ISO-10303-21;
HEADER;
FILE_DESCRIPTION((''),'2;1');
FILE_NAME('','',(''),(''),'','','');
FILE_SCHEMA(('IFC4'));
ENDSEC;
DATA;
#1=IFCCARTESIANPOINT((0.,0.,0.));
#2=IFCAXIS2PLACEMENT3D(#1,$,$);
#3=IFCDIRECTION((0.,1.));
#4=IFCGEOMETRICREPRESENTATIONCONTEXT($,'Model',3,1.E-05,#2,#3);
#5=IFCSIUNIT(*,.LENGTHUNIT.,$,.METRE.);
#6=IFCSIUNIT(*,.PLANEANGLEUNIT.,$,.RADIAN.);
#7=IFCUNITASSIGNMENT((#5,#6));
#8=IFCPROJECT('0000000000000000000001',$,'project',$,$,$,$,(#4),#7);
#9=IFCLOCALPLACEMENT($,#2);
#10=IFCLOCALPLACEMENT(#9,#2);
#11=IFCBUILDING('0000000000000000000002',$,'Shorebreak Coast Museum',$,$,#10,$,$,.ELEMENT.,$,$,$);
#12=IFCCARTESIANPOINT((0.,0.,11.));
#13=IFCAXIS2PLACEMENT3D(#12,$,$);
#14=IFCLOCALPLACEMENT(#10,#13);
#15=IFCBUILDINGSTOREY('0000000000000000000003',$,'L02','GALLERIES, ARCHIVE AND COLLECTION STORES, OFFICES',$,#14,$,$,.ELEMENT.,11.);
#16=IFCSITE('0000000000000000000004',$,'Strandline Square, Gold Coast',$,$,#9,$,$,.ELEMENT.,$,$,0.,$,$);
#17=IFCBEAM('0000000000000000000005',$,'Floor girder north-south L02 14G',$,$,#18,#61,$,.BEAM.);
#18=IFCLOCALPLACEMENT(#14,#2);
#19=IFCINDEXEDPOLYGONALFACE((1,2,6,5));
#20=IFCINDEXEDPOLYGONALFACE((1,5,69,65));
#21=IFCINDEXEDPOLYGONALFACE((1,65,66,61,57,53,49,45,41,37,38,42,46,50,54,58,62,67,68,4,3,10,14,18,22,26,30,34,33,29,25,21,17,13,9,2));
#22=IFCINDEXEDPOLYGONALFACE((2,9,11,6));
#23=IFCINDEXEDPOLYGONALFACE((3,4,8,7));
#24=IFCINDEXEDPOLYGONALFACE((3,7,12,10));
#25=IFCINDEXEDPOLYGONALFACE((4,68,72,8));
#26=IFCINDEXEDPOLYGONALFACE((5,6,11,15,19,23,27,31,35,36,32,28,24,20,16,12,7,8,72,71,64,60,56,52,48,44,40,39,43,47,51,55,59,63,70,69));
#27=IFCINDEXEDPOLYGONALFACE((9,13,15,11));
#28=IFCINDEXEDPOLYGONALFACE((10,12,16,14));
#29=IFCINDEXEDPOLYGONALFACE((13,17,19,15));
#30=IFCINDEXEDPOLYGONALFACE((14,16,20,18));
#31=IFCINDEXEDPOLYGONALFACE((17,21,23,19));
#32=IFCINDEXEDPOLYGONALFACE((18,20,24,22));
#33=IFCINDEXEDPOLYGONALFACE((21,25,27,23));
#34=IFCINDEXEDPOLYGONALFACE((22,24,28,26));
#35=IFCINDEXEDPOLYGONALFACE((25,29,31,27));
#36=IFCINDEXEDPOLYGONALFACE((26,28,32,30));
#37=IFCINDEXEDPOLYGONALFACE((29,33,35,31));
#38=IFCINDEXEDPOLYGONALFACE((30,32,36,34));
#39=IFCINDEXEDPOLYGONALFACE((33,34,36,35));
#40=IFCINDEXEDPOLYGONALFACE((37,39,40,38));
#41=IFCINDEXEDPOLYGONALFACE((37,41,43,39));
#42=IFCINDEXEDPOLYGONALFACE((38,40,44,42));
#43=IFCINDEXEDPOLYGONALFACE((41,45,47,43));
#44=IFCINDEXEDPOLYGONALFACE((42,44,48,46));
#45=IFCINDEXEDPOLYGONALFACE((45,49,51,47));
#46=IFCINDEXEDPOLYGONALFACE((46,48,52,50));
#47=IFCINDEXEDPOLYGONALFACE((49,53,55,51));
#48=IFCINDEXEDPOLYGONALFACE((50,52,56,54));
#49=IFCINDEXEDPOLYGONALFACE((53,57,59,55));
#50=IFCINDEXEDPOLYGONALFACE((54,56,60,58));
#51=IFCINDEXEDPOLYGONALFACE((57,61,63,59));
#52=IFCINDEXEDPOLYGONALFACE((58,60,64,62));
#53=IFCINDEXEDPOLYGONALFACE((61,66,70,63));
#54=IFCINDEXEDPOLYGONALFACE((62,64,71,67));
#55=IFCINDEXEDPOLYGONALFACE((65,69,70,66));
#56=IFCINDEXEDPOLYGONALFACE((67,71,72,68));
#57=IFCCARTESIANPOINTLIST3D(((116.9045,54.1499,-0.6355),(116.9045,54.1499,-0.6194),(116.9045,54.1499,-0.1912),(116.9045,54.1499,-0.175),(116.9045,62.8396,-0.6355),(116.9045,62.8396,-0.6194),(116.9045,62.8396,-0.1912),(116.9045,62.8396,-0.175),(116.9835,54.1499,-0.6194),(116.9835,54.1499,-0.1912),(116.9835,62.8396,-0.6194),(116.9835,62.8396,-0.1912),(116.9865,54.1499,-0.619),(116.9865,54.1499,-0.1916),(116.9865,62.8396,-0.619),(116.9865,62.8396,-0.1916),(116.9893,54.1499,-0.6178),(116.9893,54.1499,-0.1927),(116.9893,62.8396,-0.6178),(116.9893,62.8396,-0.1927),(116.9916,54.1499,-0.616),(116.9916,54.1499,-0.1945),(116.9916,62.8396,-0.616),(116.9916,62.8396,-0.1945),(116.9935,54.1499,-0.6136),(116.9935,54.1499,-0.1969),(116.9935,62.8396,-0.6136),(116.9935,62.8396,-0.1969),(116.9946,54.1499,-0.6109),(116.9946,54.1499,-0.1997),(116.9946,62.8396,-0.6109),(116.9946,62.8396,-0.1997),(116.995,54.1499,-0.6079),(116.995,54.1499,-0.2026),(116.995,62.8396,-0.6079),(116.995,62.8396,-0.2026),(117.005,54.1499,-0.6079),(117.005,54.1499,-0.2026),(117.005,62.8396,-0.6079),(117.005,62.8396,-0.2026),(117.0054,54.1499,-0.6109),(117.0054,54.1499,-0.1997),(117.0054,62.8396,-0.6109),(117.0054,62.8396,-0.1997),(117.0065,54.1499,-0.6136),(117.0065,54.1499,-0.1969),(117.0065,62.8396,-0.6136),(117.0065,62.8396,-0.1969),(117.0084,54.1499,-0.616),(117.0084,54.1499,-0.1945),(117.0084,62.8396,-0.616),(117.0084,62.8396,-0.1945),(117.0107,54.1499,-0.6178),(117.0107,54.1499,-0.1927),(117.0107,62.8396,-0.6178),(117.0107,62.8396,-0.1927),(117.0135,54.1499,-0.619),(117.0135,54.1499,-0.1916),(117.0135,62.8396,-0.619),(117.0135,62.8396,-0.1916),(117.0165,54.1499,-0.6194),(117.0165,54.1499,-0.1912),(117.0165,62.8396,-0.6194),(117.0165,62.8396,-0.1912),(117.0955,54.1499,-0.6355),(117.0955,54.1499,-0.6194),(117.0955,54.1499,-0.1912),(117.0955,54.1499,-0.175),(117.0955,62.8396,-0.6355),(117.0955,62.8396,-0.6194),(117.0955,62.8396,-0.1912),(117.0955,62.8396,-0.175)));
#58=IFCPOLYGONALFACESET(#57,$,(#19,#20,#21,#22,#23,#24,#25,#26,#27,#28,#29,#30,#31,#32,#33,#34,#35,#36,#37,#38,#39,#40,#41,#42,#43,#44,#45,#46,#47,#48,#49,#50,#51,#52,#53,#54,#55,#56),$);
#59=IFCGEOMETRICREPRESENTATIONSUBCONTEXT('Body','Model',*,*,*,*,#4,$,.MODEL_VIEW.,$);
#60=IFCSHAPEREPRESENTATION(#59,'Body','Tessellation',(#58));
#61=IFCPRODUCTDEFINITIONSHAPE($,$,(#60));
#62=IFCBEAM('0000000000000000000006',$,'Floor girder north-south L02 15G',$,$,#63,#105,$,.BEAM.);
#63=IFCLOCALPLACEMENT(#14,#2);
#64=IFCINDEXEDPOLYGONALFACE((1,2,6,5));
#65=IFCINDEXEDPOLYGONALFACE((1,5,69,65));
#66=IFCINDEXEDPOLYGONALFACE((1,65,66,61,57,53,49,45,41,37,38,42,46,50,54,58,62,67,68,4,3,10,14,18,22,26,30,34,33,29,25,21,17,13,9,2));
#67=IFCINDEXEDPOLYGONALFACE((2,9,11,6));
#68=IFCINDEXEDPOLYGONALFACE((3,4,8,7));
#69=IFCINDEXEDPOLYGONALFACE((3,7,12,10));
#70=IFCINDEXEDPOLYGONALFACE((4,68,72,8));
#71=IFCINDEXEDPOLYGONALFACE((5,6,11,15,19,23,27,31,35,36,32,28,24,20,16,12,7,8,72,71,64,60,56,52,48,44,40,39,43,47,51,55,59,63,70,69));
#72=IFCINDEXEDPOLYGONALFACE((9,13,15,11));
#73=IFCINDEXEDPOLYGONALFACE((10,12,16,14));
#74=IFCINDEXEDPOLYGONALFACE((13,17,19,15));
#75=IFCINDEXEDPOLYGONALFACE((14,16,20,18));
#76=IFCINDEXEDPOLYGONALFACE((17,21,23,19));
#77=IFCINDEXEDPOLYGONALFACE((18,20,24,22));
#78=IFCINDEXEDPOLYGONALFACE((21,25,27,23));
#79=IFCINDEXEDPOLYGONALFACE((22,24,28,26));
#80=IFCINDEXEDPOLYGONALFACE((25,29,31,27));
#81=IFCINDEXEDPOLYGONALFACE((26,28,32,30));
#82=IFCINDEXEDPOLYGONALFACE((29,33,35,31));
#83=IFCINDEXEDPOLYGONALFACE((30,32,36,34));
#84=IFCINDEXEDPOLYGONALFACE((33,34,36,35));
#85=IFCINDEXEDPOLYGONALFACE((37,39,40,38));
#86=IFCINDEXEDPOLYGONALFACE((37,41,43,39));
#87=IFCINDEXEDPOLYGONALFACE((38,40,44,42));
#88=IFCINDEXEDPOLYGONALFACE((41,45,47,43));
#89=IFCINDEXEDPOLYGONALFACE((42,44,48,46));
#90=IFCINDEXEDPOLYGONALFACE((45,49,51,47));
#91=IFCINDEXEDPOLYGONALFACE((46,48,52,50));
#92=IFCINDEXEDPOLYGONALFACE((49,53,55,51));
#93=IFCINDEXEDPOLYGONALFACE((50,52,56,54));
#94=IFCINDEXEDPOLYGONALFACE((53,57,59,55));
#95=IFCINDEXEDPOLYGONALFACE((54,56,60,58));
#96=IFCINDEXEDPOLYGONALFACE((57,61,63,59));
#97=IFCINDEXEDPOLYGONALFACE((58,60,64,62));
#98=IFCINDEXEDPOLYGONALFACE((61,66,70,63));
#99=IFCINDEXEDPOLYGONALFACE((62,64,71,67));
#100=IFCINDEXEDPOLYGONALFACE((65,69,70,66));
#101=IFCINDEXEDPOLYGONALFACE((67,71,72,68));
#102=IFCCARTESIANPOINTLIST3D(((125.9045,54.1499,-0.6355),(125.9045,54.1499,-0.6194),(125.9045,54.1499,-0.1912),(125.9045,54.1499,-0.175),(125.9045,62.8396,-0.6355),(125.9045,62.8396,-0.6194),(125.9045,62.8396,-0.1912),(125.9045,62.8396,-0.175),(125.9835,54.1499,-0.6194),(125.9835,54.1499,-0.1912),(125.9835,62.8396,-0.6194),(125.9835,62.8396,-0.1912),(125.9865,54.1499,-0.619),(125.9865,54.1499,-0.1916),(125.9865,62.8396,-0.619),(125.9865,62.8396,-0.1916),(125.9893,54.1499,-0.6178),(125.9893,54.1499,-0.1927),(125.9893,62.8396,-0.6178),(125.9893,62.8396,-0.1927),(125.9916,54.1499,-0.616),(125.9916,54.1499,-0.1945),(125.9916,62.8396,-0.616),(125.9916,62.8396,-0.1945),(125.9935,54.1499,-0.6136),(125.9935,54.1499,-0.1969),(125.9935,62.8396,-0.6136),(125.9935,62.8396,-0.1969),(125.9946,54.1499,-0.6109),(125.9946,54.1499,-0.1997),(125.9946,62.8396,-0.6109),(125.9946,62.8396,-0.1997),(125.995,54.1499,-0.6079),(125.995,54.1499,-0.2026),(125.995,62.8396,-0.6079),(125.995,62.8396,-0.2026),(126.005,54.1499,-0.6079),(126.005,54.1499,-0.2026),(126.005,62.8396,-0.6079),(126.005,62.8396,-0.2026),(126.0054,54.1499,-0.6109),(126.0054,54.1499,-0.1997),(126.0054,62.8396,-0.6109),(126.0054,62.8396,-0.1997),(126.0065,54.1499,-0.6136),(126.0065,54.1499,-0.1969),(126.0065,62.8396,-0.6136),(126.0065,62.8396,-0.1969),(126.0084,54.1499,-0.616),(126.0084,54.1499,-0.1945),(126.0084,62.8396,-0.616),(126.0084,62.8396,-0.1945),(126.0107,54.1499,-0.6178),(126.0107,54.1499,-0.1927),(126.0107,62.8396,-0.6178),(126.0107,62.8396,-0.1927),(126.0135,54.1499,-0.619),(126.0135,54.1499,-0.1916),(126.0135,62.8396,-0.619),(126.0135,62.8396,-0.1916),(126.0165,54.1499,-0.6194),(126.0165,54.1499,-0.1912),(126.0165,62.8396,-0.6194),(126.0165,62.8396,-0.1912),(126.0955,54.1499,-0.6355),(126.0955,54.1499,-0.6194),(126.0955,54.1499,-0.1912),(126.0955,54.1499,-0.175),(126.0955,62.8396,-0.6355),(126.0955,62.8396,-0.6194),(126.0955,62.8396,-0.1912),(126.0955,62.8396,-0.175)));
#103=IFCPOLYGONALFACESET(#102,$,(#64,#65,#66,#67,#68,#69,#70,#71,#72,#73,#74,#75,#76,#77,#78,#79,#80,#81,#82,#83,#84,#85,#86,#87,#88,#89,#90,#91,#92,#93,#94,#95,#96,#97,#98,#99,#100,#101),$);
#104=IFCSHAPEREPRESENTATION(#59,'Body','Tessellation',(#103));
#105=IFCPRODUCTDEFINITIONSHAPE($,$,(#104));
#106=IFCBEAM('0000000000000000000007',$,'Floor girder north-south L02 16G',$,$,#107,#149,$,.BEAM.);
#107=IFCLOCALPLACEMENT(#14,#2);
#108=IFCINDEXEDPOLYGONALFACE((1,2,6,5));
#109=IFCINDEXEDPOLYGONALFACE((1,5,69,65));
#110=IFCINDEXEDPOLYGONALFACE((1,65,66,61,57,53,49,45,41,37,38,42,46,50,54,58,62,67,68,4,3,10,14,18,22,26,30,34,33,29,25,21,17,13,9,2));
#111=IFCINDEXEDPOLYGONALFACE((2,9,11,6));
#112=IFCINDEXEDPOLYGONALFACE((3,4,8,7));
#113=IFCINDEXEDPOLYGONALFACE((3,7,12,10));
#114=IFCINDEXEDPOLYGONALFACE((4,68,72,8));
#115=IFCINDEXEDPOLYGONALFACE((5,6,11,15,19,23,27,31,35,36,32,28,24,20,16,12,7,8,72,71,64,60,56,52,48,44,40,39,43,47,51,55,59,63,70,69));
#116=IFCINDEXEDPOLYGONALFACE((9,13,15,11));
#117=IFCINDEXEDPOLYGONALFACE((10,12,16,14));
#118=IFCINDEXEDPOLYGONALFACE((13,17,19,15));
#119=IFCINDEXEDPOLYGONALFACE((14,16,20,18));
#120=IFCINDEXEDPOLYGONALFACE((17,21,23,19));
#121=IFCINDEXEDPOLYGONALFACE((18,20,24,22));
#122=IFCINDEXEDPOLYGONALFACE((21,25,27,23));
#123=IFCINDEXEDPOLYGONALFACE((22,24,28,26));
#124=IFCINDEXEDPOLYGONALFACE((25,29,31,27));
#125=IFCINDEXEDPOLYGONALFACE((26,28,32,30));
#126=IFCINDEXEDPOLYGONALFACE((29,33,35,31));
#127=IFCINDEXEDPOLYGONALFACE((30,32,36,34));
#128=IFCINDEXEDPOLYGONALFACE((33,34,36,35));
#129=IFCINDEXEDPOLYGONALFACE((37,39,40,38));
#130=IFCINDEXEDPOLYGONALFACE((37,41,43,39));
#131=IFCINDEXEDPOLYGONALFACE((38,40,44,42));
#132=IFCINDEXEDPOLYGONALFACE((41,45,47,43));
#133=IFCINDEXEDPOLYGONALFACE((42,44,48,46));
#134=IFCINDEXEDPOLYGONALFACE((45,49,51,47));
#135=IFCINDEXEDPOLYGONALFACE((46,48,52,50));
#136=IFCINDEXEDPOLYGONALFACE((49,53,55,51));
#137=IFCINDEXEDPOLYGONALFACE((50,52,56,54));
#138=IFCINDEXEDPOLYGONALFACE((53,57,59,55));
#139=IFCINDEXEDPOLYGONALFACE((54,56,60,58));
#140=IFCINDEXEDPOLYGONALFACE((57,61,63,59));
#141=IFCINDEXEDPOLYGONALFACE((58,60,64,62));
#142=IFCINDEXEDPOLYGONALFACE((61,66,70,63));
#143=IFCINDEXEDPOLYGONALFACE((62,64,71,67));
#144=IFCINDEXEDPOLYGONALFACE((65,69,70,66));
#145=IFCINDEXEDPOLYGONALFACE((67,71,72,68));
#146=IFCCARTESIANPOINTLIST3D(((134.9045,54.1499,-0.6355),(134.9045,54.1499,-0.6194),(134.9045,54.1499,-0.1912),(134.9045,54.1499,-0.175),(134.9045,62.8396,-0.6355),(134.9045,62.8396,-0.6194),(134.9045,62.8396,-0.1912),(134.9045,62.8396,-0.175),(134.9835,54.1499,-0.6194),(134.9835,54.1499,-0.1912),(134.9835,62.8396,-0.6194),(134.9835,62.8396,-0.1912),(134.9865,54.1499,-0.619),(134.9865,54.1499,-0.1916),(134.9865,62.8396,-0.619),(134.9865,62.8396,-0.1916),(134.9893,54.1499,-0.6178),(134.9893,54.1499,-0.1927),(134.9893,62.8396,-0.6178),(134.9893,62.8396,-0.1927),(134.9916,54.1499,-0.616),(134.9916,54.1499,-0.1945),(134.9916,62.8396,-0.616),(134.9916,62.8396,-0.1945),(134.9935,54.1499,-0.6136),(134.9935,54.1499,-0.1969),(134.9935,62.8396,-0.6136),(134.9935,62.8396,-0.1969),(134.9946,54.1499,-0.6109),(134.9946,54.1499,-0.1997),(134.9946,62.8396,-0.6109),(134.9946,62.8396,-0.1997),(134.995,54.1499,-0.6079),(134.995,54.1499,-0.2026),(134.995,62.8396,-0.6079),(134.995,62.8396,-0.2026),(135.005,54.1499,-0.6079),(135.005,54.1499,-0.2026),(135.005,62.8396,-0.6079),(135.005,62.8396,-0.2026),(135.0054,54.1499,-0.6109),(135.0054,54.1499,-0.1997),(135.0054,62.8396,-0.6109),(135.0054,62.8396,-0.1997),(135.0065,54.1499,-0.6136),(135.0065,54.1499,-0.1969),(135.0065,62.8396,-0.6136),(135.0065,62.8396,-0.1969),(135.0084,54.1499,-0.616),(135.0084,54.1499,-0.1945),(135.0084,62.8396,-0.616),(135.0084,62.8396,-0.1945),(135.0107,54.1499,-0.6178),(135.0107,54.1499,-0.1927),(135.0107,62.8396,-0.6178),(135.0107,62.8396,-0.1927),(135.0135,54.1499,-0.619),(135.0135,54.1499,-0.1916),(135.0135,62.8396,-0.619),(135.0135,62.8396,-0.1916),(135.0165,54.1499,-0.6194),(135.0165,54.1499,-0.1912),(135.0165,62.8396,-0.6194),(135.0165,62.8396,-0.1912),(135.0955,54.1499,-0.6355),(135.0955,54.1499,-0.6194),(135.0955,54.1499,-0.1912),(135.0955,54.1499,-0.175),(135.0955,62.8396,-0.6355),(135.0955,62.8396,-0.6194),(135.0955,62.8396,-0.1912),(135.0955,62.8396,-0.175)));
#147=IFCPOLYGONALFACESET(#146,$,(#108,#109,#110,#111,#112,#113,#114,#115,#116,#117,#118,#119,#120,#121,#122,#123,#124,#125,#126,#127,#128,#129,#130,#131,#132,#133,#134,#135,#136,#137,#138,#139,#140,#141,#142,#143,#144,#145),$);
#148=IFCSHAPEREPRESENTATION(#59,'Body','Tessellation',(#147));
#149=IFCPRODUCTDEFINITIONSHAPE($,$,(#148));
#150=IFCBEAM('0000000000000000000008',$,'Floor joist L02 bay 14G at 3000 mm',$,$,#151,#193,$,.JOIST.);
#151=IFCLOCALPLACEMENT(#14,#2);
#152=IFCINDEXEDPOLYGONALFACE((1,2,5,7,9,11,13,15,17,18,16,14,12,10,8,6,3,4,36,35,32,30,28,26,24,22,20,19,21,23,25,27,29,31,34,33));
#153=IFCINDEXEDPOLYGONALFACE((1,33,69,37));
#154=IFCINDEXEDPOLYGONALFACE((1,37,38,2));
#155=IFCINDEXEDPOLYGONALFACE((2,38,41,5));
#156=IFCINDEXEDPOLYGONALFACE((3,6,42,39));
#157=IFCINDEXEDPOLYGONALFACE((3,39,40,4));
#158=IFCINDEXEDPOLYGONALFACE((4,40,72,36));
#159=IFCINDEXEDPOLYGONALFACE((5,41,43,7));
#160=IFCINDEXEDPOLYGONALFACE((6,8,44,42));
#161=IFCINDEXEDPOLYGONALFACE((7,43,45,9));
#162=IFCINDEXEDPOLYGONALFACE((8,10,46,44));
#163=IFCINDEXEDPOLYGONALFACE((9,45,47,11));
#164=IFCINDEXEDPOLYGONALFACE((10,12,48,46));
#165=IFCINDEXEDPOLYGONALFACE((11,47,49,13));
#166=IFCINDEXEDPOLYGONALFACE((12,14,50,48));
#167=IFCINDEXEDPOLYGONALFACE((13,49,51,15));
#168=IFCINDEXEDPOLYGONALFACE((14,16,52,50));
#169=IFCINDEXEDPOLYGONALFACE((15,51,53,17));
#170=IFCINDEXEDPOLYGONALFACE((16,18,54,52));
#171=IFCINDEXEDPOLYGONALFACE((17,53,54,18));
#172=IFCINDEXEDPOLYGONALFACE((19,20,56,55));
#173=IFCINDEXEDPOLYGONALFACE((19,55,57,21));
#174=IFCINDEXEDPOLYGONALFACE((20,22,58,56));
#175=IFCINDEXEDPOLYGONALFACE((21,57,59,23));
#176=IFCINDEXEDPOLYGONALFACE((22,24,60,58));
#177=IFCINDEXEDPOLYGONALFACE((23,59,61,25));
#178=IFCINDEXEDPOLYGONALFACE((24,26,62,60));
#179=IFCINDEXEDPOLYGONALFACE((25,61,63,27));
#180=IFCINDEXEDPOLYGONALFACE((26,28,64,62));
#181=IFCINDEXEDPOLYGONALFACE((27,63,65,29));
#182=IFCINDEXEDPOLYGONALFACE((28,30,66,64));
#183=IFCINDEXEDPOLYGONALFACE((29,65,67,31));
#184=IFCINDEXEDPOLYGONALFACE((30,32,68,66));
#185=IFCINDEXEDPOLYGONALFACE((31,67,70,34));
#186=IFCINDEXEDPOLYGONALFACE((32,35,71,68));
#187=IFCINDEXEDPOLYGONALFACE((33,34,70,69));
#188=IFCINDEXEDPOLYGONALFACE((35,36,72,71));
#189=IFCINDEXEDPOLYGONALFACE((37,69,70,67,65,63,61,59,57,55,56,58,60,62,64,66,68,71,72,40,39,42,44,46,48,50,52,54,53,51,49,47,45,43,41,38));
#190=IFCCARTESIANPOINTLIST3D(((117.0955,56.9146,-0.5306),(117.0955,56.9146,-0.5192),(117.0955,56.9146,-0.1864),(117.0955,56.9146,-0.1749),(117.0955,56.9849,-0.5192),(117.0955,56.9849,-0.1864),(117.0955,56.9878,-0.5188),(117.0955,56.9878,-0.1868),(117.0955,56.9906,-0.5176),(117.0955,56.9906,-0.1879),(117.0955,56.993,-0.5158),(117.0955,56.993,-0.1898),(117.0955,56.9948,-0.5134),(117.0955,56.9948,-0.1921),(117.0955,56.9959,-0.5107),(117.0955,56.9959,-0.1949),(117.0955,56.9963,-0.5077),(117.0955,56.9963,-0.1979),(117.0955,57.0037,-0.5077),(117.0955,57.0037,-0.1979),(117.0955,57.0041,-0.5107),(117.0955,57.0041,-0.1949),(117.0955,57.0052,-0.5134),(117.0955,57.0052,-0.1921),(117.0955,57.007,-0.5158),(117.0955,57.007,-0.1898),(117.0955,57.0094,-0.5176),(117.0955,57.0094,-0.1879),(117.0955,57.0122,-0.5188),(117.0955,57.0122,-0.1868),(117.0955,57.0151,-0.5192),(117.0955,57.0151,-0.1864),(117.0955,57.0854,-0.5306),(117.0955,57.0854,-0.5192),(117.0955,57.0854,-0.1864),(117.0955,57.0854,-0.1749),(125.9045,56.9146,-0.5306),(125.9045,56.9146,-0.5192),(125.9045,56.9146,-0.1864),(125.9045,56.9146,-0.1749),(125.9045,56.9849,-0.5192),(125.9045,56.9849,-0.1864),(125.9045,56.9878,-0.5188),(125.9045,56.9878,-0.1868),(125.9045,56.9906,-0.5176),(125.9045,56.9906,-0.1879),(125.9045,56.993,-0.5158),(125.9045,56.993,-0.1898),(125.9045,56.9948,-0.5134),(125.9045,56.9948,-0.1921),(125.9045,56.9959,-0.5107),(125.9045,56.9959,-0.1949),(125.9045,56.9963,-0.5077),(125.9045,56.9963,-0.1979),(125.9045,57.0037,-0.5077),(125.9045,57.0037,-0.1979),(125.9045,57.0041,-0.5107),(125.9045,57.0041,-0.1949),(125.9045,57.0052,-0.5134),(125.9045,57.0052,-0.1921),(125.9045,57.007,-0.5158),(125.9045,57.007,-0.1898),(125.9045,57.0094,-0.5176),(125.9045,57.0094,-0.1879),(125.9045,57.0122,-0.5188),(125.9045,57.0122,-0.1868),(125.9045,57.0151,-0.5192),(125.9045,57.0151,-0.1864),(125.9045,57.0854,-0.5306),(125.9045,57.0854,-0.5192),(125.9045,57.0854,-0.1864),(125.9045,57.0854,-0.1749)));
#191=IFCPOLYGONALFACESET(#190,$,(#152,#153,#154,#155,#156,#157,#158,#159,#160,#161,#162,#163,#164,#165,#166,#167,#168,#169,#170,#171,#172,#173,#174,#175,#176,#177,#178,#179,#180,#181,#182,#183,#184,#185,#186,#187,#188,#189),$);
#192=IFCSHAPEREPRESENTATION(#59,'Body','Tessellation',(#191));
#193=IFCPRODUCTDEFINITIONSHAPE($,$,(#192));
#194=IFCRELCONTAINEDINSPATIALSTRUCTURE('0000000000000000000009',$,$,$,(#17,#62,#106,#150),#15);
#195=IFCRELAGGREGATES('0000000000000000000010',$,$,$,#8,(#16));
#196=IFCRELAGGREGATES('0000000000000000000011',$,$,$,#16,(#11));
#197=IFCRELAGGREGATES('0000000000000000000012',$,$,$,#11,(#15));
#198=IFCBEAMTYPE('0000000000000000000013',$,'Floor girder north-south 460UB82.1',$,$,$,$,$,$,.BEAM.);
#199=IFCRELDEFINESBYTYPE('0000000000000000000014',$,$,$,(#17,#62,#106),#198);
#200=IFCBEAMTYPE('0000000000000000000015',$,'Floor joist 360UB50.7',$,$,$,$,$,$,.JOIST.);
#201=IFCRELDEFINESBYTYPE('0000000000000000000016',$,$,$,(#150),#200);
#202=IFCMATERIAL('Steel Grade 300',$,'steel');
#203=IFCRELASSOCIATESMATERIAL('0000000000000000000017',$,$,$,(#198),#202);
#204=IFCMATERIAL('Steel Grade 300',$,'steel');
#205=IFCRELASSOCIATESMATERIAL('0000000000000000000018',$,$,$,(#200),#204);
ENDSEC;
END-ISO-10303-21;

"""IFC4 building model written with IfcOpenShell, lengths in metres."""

from ifc_helpers import new_model, si_unit, direction, frame, origin, origin_2d, place, context, subcontext, project, spatial, i_section, extrude, material, material_profile, profile_set, type_object, element, save


model = new_model("IFC4")

# Units and contexts
model_context = context("Model", 3, precision=1e-05, world=origin(), true_north=direction((0.0, 1.0)))
body_context = subcontext(model_context, "Body", "Model", "MODEL_VIEW")
ifc_project = project(units=[si_unit("LENGTHUNIT", "METRE"), si_unit("PLANEANGLEUNIT", "RADIAN")], contexts=[model_context])

# Site, building, storey
site_placement = place(None, origin())
site = spatial("IfcSite", under=ifc_project, at=site_placement, Name="Strandline Square, Gold Coast", CompositionType="ELEMENT", RefElevation=0.0)
building_placement = place(site_placement, origin())
building = spatial("IfcBuilding", under=site, at=building_placement, Name="Shorebreak Coast Museum", CompositionType="ELEMENT")
storey_placement = place(building_placement, frame((0.0, 0.0, 11.0)))
storey = spatial("IfcBuildingStorey", under=building, at=storey_placement, Name="L02", Description="GALLERIES, ARCHIVE AND COLLECTION STORES, OFFICES", CompositionType="ELEMENT", Elevation=11.0)

# Beams
ifc_material_1 = material(Name="Steel Grade 300", Category="steel")
ifc_material_profile_1 = material_profile(ifc_material_1, i_section(OverallWidth=0.1909, OverallDepth=0.4604, WebThickness=0.01, FlangeThickness=0.0161, FilletRadius=0.0115, at=origin_2d()), Name="460UB82.1")
ifc_profile_set_1 = profile_set([ifc_material_profile_1], Name="Steel Grade 300")
beam_type_1 = type_object("IfcBeamType", Name="Floor girder north-south 460UB82.1", PredefinedType="BEAM", material=ifc_profile_set_1)
for number, where, z_axis, x_axis, name in (
    (1, (117.0, 54.1499, -0.4053), (0.0, 1.0, 0.0), (-1.0, 0.0, 0.0), "Floor girder north-south L02 14G"),
    (2, (126.0, 54.1499, -0.4053), (0.0, 1.0, 0.0), (-1.0, 0.0, 0.0), "Floor girder north-south L02 15G"),
    (3, (135.0, 54.1499, -0.4053), (0.0, 1.0, 0.0), (-1.0, 0.0, 0.0), "Floor girder north-south L02 16G"),
):
    element("IfcBeam", number, at=place(storey_placement, frame(where, z_axis=z_axis, x_axis=x_axis)), inside=storey, type_object=beam_type_1, Name=name, PredefinedType="BEAM", context=body_context, shape_type="SweptSolid", body=[
        extrude(i_section(OverallWidth=0.1909, OverallDepth=0.4604, WebThickness=0.01, FlangeThickness=0.0161, FilletRadius=0.0115, at=origin_2d()), origin(), (0.0, 0.0, 1.0), 8.6897),
    ])
ifc_material_2 = material(Name="Steel Grade 300", Category="steel")
ifc_material_profile_2 = material_profile(ifc_material_2, i_section(OverallWidth=0.1709, OverallDepth=0.3557, WebThickness=0.0073, FlangeThickness=0.0115, FilletRadius=0.0115, at=origin_2d()), Name="360UB50.7")
ifc_profile_set_2 = profile_set([ifc_material_profile_2], Name="Steel Grade 300")
beam_type_2 = type_object("IfcBeamType", Name="Floor joist 360UB50.7", PredefinedType="JOIST", material=ifc_profile_set_2)
for number, where, z_axis, x_axis, name in (
    (4, (117.0955, 57.0, -0.3528), (1.0, 0.0, 0.0), (0.0, 1.0, 0.0), "Floor joist L02 bay 14G at 3000 mm"),
):
    element("IfcBeam", number, at=place(storey_placement, frame(where, z_axis=z_axis, x_axis=x_axis)), inside=storey, type_object=beam_type_2, Name=name, PredefinedType="JOIST", context=body_context, shape_type="SweptSolid", body=[
        extrude(i_section(OverallWidth=0.1709, OverallDepth=0.3557, WebThickness=0.0073, FlangeThickness=0.0115, FilletRadius=0.0115, at=origin_2d()), origin(), (0.0, 0.0, 1.0), 8.8091),
    ])

save(model, "model.ifc")
